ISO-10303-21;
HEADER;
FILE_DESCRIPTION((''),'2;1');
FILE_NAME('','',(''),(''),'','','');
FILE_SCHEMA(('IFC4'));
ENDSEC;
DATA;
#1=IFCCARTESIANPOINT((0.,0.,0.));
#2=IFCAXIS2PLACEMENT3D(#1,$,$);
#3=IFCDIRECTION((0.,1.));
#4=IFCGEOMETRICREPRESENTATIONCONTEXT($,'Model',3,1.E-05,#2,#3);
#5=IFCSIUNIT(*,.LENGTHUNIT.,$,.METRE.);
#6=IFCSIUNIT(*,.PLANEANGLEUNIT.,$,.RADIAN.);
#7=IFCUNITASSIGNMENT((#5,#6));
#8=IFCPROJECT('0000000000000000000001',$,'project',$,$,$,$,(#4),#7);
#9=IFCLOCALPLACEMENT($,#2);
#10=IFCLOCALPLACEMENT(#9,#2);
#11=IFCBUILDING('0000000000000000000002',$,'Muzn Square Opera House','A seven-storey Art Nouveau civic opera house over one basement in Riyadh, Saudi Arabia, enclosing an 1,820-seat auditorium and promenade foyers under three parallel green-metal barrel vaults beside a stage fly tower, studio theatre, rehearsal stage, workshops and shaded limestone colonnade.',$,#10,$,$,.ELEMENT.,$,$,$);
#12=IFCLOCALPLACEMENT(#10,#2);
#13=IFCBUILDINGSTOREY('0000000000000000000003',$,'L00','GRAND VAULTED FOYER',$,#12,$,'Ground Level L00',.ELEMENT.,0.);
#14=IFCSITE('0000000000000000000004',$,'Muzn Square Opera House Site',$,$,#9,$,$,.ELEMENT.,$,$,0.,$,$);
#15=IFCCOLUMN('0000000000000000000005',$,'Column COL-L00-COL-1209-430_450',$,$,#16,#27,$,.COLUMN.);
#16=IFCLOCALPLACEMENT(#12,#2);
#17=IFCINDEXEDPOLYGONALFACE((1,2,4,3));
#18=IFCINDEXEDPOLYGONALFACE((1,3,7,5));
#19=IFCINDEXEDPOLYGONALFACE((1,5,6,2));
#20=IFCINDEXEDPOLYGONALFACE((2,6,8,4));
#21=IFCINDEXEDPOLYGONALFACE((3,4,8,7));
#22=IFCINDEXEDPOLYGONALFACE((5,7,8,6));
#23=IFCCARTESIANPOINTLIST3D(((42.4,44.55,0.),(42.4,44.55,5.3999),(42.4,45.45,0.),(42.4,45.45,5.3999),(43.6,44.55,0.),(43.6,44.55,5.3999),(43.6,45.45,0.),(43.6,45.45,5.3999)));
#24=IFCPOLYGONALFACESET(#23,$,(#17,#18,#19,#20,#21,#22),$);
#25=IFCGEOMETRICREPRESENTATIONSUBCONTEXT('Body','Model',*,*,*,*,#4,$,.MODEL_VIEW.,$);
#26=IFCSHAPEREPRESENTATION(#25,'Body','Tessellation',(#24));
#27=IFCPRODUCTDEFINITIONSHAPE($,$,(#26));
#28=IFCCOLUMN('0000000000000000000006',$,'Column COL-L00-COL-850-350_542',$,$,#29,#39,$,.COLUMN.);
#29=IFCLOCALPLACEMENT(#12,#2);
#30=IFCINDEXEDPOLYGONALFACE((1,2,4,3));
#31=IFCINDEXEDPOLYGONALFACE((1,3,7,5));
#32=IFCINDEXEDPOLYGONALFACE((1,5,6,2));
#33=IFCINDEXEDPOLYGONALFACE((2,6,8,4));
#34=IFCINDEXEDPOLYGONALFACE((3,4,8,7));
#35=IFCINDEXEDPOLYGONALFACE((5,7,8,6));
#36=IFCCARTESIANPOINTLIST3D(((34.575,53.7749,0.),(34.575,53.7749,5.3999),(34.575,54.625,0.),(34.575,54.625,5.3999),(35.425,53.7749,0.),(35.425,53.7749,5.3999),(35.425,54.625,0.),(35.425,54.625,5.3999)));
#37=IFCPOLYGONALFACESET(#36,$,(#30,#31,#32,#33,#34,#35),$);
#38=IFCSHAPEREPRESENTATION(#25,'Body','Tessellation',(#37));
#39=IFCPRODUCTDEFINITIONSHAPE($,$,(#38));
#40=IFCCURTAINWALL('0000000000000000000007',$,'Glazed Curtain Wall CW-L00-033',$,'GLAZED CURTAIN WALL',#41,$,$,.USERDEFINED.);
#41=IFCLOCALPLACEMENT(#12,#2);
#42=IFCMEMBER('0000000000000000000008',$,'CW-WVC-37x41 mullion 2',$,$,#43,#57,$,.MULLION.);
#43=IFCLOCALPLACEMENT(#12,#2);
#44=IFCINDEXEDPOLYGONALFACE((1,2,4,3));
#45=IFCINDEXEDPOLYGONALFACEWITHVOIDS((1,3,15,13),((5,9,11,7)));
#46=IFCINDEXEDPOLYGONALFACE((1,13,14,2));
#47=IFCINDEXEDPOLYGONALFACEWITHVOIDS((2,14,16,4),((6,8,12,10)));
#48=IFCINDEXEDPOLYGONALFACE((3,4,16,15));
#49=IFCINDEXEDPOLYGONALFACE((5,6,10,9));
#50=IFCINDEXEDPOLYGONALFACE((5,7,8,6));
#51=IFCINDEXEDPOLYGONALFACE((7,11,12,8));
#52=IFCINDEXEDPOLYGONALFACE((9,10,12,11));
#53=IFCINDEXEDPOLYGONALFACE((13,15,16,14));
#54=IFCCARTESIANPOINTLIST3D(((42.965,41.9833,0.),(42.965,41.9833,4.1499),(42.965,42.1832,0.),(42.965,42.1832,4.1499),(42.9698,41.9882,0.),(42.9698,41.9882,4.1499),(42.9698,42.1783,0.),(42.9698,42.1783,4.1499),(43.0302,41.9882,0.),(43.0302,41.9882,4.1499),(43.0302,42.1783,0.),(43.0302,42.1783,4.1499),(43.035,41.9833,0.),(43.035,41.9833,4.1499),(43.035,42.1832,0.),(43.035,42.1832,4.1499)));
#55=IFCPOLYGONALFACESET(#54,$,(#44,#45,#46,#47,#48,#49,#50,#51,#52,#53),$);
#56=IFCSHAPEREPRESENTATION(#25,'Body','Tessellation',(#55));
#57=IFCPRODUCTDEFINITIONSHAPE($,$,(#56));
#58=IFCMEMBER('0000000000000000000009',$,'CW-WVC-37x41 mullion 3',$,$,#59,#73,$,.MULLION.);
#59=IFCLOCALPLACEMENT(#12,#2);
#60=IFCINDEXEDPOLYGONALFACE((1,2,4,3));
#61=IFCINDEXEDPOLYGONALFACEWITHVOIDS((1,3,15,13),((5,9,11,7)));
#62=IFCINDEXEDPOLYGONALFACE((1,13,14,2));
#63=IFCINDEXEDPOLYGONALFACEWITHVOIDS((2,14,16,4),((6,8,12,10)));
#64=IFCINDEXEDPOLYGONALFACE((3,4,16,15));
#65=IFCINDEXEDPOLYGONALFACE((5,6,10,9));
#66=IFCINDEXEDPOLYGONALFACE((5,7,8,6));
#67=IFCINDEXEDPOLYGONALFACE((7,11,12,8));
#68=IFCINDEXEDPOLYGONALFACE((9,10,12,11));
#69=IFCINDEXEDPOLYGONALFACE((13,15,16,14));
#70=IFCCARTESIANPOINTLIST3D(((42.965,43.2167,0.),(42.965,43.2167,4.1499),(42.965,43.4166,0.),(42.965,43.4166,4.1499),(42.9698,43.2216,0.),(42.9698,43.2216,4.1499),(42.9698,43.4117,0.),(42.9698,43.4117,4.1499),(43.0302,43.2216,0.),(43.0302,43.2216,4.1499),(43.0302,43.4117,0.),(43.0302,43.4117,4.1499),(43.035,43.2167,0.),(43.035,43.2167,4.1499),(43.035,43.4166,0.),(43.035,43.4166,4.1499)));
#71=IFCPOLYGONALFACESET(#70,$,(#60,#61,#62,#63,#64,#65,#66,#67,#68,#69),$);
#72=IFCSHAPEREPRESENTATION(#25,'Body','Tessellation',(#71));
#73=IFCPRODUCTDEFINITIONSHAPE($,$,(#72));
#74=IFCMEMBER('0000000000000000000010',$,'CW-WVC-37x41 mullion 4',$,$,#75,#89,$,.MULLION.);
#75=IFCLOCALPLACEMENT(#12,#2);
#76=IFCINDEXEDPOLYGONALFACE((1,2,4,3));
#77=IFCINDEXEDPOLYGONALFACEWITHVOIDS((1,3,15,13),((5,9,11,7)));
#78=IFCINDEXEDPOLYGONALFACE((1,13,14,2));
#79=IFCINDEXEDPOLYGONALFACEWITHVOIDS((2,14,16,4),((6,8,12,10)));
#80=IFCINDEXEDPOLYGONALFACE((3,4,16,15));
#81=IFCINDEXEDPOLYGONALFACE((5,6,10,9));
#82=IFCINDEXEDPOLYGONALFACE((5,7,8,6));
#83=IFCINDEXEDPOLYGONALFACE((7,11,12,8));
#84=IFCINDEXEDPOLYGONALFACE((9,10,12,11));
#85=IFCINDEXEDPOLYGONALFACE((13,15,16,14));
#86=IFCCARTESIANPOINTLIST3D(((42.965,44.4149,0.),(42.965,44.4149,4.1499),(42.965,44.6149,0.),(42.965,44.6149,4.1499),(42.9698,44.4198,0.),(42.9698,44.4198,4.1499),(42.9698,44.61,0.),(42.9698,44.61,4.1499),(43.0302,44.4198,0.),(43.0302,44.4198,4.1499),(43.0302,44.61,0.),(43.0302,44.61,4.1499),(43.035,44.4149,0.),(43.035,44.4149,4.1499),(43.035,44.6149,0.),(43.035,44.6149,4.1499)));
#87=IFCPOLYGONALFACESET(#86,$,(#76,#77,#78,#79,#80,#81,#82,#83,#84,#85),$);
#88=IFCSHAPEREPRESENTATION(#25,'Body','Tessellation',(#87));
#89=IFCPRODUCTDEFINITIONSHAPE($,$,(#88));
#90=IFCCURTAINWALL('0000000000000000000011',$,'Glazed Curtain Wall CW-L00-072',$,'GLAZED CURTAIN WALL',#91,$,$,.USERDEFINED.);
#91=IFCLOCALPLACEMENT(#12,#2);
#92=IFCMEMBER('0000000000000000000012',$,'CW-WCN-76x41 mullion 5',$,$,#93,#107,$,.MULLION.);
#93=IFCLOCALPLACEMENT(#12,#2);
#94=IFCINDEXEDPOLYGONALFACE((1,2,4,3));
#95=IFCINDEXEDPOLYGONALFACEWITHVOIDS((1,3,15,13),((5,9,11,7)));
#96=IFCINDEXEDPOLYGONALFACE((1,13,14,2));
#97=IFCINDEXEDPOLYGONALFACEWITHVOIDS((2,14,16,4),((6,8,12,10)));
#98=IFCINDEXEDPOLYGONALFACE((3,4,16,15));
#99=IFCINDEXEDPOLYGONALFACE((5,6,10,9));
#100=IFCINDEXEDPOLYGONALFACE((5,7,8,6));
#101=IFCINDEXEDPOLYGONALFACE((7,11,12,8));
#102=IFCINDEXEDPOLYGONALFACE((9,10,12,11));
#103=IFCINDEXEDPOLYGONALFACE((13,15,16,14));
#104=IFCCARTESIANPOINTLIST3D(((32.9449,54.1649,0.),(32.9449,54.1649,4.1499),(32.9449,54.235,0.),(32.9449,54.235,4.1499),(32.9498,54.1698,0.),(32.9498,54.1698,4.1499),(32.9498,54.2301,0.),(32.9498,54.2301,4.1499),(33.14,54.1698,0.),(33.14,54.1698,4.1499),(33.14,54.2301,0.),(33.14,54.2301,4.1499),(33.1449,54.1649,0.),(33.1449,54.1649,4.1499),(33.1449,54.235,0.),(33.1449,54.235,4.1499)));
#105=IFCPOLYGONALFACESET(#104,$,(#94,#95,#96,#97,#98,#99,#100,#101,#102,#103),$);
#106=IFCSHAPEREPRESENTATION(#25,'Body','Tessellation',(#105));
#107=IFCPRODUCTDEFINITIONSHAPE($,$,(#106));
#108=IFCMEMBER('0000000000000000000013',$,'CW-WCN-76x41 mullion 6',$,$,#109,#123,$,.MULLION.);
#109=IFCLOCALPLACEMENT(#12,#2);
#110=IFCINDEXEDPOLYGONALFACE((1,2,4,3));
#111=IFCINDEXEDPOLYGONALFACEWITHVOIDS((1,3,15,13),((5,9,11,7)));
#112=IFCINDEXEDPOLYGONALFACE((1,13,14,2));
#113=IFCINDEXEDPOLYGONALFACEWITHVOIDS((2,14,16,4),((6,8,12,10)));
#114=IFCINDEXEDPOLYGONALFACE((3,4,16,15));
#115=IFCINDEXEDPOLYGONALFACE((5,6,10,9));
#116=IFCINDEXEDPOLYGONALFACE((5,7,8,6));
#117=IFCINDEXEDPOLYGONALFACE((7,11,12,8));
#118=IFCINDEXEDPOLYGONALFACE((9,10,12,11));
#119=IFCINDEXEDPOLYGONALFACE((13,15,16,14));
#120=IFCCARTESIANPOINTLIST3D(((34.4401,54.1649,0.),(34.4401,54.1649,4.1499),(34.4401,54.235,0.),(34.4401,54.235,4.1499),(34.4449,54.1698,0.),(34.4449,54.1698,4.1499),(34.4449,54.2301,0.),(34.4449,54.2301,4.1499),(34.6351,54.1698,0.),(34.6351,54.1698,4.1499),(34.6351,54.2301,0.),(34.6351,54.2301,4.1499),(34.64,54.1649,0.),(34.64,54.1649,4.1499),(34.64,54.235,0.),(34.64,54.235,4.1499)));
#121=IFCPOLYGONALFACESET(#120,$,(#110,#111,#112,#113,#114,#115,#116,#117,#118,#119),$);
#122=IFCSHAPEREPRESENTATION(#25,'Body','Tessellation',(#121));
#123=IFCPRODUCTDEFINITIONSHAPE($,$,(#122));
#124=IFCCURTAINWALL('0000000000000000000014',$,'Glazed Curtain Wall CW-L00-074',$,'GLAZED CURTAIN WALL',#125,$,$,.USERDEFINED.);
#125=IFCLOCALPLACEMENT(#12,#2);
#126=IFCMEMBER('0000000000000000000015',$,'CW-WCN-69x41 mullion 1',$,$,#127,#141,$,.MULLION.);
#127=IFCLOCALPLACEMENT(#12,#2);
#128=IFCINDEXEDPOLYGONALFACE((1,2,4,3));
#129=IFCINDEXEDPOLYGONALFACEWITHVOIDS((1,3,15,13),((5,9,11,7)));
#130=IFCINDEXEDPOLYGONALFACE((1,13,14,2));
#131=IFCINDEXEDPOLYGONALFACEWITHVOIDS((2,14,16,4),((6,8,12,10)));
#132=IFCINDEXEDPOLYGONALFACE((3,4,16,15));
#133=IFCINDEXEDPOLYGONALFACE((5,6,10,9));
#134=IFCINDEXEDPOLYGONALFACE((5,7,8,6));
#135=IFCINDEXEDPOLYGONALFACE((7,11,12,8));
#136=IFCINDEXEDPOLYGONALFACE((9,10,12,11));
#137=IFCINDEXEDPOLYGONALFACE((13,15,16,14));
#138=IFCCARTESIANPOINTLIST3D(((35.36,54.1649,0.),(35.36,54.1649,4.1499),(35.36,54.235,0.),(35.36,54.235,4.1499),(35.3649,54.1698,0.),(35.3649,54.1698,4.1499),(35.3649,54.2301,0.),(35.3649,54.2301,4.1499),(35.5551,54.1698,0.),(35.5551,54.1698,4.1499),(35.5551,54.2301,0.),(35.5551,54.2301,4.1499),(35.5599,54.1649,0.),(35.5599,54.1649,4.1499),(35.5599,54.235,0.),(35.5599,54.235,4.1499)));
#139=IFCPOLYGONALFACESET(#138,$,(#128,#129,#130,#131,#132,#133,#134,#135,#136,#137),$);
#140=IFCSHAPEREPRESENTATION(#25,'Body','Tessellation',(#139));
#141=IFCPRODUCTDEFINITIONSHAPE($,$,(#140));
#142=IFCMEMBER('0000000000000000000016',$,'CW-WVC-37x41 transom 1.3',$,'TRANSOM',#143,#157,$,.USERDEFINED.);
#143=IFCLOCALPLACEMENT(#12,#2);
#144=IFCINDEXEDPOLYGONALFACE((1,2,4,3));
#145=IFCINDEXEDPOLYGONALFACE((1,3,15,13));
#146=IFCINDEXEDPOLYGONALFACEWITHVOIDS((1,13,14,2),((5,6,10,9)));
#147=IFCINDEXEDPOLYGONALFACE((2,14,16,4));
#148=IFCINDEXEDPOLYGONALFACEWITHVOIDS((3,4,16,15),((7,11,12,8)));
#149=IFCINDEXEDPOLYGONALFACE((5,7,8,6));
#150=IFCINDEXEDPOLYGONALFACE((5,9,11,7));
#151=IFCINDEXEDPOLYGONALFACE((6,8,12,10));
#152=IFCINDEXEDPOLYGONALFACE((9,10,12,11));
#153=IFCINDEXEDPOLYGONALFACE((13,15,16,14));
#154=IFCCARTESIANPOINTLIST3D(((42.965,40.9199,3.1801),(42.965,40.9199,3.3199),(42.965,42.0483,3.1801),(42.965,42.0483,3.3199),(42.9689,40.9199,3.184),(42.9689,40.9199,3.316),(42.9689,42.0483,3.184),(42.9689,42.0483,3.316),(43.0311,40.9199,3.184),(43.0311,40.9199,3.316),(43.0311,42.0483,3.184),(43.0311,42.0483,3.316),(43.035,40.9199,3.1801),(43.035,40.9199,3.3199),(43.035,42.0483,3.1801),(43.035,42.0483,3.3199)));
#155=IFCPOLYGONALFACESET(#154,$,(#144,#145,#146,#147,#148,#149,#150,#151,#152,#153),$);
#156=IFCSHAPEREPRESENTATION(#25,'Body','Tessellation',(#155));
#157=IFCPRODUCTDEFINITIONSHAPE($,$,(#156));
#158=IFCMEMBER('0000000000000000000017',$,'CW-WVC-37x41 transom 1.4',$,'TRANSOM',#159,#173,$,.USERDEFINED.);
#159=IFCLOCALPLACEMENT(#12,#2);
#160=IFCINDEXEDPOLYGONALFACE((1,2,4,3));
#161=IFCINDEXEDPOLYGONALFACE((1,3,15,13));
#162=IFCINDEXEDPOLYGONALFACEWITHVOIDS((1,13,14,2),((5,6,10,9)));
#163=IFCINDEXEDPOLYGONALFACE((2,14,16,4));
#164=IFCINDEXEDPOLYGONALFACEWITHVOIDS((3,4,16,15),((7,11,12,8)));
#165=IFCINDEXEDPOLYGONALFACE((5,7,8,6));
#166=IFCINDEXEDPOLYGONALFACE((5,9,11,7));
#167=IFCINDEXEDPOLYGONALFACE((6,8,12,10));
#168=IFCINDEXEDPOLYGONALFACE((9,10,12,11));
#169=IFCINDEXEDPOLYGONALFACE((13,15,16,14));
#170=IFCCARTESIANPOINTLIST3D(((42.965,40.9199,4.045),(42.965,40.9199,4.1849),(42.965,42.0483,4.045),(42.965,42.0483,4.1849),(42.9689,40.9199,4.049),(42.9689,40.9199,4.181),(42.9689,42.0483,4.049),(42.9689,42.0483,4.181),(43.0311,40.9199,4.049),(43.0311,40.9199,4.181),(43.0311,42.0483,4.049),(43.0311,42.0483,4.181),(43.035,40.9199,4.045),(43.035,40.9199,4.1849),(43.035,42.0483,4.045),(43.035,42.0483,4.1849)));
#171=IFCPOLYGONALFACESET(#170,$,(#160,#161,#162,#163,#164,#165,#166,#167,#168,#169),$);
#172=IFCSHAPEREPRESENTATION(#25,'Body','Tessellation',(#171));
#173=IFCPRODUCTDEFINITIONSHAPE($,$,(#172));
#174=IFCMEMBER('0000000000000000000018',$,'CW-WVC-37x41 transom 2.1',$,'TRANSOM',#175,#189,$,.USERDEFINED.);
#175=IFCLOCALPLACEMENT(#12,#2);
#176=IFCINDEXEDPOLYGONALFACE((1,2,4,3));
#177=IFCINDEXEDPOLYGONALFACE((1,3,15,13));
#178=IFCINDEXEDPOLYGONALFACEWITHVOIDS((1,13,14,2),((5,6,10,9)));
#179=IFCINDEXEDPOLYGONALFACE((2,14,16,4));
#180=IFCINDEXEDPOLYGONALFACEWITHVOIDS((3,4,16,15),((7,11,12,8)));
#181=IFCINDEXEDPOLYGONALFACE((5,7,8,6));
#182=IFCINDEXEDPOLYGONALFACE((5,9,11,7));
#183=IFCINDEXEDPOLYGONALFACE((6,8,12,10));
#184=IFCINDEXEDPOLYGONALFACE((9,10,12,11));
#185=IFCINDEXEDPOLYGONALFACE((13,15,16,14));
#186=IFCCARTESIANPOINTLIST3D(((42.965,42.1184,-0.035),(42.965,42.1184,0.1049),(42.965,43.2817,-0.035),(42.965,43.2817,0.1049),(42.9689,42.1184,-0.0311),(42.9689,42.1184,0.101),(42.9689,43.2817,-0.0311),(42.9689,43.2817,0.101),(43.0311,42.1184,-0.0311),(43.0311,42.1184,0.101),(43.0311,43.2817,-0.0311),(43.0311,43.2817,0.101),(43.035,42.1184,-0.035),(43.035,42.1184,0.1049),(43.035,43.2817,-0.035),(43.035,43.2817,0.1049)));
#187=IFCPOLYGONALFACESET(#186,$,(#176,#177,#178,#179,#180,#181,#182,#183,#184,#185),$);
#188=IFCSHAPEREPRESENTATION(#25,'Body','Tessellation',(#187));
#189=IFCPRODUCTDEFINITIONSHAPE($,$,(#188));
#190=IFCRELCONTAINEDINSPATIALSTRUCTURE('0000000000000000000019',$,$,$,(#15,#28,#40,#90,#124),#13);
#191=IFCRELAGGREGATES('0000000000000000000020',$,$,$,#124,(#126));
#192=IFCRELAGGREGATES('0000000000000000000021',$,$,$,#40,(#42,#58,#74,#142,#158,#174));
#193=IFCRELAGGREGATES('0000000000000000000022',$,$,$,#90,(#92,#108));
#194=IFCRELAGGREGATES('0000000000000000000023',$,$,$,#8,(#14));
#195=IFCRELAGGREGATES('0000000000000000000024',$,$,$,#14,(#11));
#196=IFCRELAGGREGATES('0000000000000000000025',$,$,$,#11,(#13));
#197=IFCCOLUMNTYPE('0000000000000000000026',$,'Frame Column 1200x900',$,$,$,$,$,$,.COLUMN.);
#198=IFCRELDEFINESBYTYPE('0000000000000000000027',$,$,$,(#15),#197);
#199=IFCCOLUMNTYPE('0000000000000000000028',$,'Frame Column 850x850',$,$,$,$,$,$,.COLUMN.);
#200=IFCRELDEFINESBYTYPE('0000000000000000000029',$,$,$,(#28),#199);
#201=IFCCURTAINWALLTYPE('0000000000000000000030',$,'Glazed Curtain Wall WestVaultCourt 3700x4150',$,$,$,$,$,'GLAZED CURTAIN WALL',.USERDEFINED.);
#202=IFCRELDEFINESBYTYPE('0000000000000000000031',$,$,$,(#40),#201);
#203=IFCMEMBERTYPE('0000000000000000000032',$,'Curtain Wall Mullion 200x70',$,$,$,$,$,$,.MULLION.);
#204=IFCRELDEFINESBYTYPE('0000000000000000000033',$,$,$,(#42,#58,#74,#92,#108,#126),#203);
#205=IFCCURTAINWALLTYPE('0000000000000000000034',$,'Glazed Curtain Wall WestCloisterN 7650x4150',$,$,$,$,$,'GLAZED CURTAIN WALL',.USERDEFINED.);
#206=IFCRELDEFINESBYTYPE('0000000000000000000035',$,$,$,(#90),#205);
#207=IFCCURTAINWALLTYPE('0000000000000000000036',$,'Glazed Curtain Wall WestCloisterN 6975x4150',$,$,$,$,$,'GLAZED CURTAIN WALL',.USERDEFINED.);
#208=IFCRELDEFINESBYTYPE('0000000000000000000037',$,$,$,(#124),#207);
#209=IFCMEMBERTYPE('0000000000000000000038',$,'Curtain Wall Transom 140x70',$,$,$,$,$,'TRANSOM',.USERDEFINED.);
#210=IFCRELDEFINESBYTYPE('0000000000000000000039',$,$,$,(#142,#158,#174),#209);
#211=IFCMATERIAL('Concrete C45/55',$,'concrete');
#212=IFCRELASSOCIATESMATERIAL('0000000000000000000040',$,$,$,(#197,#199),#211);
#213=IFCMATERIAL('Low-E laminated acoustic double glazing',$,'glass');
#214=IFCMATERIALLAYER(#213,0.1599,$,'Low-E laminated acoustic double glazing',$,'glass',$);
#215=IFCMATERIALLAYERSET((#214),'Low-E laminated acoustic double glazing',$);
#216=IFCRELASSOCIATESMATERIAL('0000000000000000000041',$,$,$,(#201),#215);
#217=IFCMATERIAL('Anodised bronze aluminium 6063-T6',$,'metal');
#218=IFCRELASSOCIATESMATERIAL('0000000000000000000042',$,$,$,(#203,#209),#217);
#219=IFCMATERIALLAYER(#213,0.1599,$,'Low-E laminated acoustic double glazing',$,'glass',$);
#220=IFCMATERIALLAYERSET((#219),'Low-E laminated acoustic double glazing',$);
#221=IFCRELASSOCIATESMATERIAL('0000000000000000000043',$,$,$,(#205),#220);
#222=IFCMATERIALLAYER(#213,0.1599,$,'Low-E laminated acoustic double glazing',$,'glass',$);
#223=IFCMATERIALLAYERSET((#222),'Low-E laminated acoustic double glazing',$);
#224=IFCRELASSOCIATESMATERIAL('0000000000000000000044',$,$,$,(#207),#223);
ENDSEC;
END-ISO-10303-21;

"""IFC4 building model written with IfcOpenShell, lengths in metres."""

from ifc_helpers import new_model, si_unit, direction, frame, origin, origin_2d, place, context, subcontext, project, spatial, rectangle, hollow_rectangle, extrude, material, layer, layer_set, material_profile, profile_set, type_object, element, aggregate, save


model = new_model("IFC4")

# Units and contexts
model_context = context("Model", 3, precision=1e-05, world=origin(), true_north=direction((0.0, 1.0)))
body_context = subcontext(model_context, "Body", "Model", "MODEL_VIEW")
ifc_project = project(units=[si_unit("LENGTHUNIT", "METRE"), si_unit("PLANEANGLEUNIT", "RADIAN")], contexts=[model_context])

# Site, building, storey
site_placement = place(None, origin())
site = spatial("IfcSite", under=ifc_project, at=site_placement, Name="Muzn Square Opera House Site", CompositionType="ELEMENT", RefElevation=0.0)
building_placement = place(site_placement, origin())
building = spatial("IfcBuilding", under=site, at=building_placement, Name="Muzn Square Opera House", Description="A seven-storey Art Nouveau civic opera house over one basement in Riyadh, Saudi Arabia, enclosing an 1,820-seat auditorium and promenade foyers under three parallel green-metal barrel vaults beside a stage fly tower, studio theatre, rehearsal stage, workshops and shaded limestone colonnade.", CompositionType="ELEMENT")
storey_placement = place(building_placement, origin())
storey = spatial("IfcBuildingStorey", under=building, at=storey_placement, Name="L00", Description="GRAND VAULTED FOYER", LongName="Ground Level L00", CompositionType="ELEMENT", Elevation=0.0)

# Columns
ifc_material_1 = material(Name="Concrete C45/55", Category="concrete")
ifc_material_profile_1 = material_profile(ifc_material_1, rectangle(XDim=1.2, YDim=0.8999, at=origin_2d()), Name="RC 1200x900", Category="concrete")
ifc_profile_set_1 = profile_set([ifc_material_profile_1], Name="Concrete C45/55")
column_type_1 = type_object("IfcColumnType", Name="Frame Column 1200x900", PredefinedType="COLUMN", material=ifc_profile_set_1)
column_1_placement = place(storey_placement, frame((43.0, 45.0, 0.0), z_axis=(0.0, 0.0, 1.0), x_axis=(1.0, 0.0, 0.0)))
element("IfcColumn", 1, at=column_1_placement, inside=storey, type_object=column_type_1, Name="Column COL-L00-COL-1209-430_450", PredefinedType="COLUMN", context=body_context, shape_type="SweptSolid", body=[
    extrude(rectangle(XDim=1.2, YDim=0.8999, at=origin_2d()), origin(), (0.0, 0.0, 1.0), 5.3999),
])
ifc_material_profile_2 = material_profile(ifc_material_1, rectangle(XDim=0.8501, YDim=0.8501, at=origin_2d()), Name="RC 850x850", Category="concrete")
ifc_profile_set_2 = profile_set([ifc_material_profile_2], Name="Concrete C45/55")
column_type_2 = type_object("IfcColumnType", Name="Frame Column 850x850", PredefinedType="COLUMN", material=ifc_profile_set_2)
column_2_placement = place(storey_placement, frame((35.0, 54.2, 0.0), z_axis=(0.0, 0.0, 1.0), x_axis=(1.0, 0.0, 0.0)))
element("IfcColumn", 2, at=column_2_placement, inside=storey, type_object=column_type_2, Name="Column COL-L00-COL-850-350_542", PredefinedType="COLUMN", context=body_context, shape_type="SweptSolid", body=[
    extrude(rectangle(XDim=0.8501, YDim=0.8501, at=origin_2d()), origin(), (0.0, 0.0, 1.0), 5.3999),
])

# Curtain walls, members
ifc_material_2 = material(Name="Low-E laminated acoustic double glazing", Category="glass")
ifc_layer_1 = layer(ifc_material_2, 0.1599, Name="Low-E laminated acoustic double glazing", Category="glass")
ifc_layer_set_1 = layer_set([ifc_layer_1], Name="Low-E laminated acoustic double glazing")
curtain_wall_type_1 = type_object("IfcCurtainWallType", Name="Glazed Curtain Wall WestVaultCourt 3700x4150", ElementType="GLAZED CURTAIN WALL", PredefinedType="USERDEFINED", material=ifc_layer_set_1)
curtain_wall_1_placement = place(storey_placement, origin())
curtain_wall_1 = element("IfcCurtainWall", 3, at=curtain_wall_1_placement, inside=storey, type_object=curtain_wall_type_1, Name="Glazed Curtain Wall CW-L00-033", ObjectType="GLAZED CURTAIN WALL", PredefinedType="USERDEFINED")
ifc_material_3 = material(Name="Anodised bronze aluminium 6063-T6", Category="metal")
ifc_material_profile_3 = material_profile(ifc_material_3, hollow_rectangle(XDim=0.0701, YDim=0.2, WallThickness=0.0049, at=origin_2d()), Name="ALU 200x70x5", Category="metal")
ifc_profile_set_3 = profile_set([ifc_material_profile_3], Name="Anodised bronze aluminium 6063-T6")
member_type_1 = type_object("IfcMemberType", Name="Curtain Wall Mullion 200x70", PredefinedType="MULLION", material=ifc_profile_set_3)
member_1_placement = place(storey_placement, frame((43.0, 42.0833, 0.0), z_axis=(0.0, 0.0, 1.0), x_axis=(-1.0, 0.0, 0.0)))
member_1 = element("IfcMember", 4, at=member_1_placement, type_object=member_type_1, Name="CW-WVC-37x41 mullion 2", PredefinedType="MULLION", context=body_context, shape_type="SweptSolid", body=[
    extrude(hollow_rectangle(XDim=0.0701, YDim=0.2, WallThickness=0.0049, at=origin_2d()), origin(), (0.0, 0.0, 1.0), 4.1499),
])
member_2_placement = place(storey_placement, frame((43.0, 43.3167, 0.0), z_axis=(0.0, 0.0, 1.0), x_axis=(-1.0, 0.0, 0.0)))
member_2 = element("IfcMember", 5, at=member_2_placement, type_object=member_type_1, Name="CW-WVC-37x41 mullion 3", PredefinedType="MULLION", context=body_context, shape_type="SweptSolid", body=[
    extrude(hollow_rectangle(XDim=0.0701, YDim=0.2, WallThickness=0.0049, at=origin_2d()), origin(), (0.0, 0.0, 1.0), 4.1499),
])
member_3_placement = place(storey_placement, frame((43.0, 44.5149, 0.0), z_axis=(0.0, 0.0, 1.0), x_axis=(-1.0, 0.0, 0.0)))
member_3 = element("IfcMember", 6, at=member_3_placement, type_object=member_type_1, Name="CW-WVC-37x41 mullion 4", PredefinedType="MULLION", context=body_context, shape_type="SweptSolid", body=[
    extrude(hollow_rectangle(XDim=0.0701, YDim=0.2, WallThickness=0.0049, at=origin_2d()), origin(), (0.0, 0.0, 1.0), 4.1499),
])
ifc_layer_2 = layer(ifc_material_2, 0.1599, Name="Low-E laminated acoustic double glazing", Category="glass")
ifc_layer_set_2 = layer_set([ifc_layer_2], Name="Low-E laminated acoustic double glazing")
curtain_wall_type_2 = type_object("IfcCurtainWallType", Name="Glazed Curtain Wall WestCloisterN 7650x4150", ElementType="GLAZED CURTAIN WALL", PredefinedType="USERDEFINED", material=ifc_layer_set_2)
curtain_wall_2_placement = place(storey_placement, origin())
curtain_wall_2 = element("IfcCurtainWall", 7, at=curtain_wall_2_placement, inside=storey, type_object=curtain_wall_type_2, Name="Glazed Curtain Wall CW-L00-072", ObjectType="GLAZED CURTAIN WALL", PredefinedType="USERDEFINED")
member_4_placement = place(storey_placement, frame((33.0449, 54.2, 0.0), z_axis=(0.0, 0.0, 1.0), x_axis=(0.0, 1.0, 0.0)))
member_4 = element("IfcMember", 8, at=member_4_placement, type_object=member_type_1, Name="CW-WCN-76x41 mullion 5", PredefinedType="MULLION", context=body_context, shape_type="SweptSolid", body=[
    extrude(hollow_rectangle(XDim=0.0701, YDim=0.2, WallThickness=0.0049, at=origin_2d()), origin(), (0.0, 0.0, 1.0), 4.1499),
])
member_5_placement = place(storey_placement, frame((34.54, 54.2, 0.0), z_axis=(0.0, 0.0, 1.0), x_axis=(0.0, 1.0, 0.0)))
member_5 = element("IfcMember", 9, at=member_5_placement, type_object=member_type_1, Name="CW-WCN-76x41 mullion 6", PredefinedType="MULLION", context=body_context, shape_type="SweptSolid", body=[
    extrude(hollow_rectangle(XDim=0.0701, YDim=0.2, WallThickness=0.0049, at=origin_2d()), origin(), (0.0, 0.0, 1.0), 4.1499),
])

# Curtain wall, member
ifc_layer_3 = layer(ifc_material_2, 0.1599, Name="Low-E laminated acoustic double glazing", Category="glass")
ifc_layer_set_3 = layer_set([ifc_layer_3], Name="Low-E laminated acoustic double glazing")
curtain_wall_type_3 = type_object("IfcCurtainWallType", Name="Glazed Curtain Wall WestCloisterN 6975x4150", ElementType="GLAZED CURTAIN WALL", PredefinedType="USERDEFINED", material=ifc_layer_set_3)
curtain_wall_3_placement = place(storey_placement, origin())
curtain_wall_3 = element("IfcCurtainWall", 10, at=curtain_wall_3_placement, inside=storey, type_object=curtain_wall_type_3, Name="Glazed Curtain Wall CW-L00-074", ObjectType="GLAZED CURTAIN WALL", PredefinedType="USERDEFINED")
member_6_placement = place(storey_placement, frame((35.46, 54.2, 0.0), z_axis=(0.0, 0.0, 1.0), x_axis=(0.0, 1.0, 0.0)))
member_6 = element("IfcMember", 11, at=member_6_placement, type_object=member_type_1, Name="CW-WCN-69x41 mullion 1", PredefinedType="MULLION", context=body_context, shape_type="SweptSolid", body=[
    extrude(hollow_rectangle(XDim=0.0701, YDim=0.2, WallThickness=0.0049, at=origin_2d()), origin(), (0.0, 0.0, 1.0), 4.1499),
])

# Members
ifc_material_profile_4 = material_profile(ifc_material_3, hollow_rectangle(XDim=0.0701, YDim=0.1399, WallThickness=0.0039, at=origin_2d()), Name="ALU 140x70x4", Category="metal")
ifc_profile_set_4 = profile_set([ifc_material_profile_4], Name="Anodised bronze aluminium 6063-T6")
member_type_2 = type_object("IfcMemberType", Name="Curtain Wall Transom 140x70", ElementType="TRANSOM", PredefinedType="USERDEFINED", material=ifc_profile_set_4)
member_7_placement = place(storey_placement, frame((43.0, 40.9199, 3.25), z_axis=(0.0, 1.0, 0.0), x_axis=(-1.0, 0.0, 0.0)))
member_7 = element("IfcMember", 12, at=member_7_placement, type_object=member_type_2, Name="CW-WVC-37x41 transom 1.3", ObjectType="TRANSOM", PredefinedType="USERDEFINED", context=body_context, shape_type="SweptSolid", body=[
    extrude(hollow_rectangle(XDim=0.0701, YDim=0.1399, WallThickness=0.0039, at=origin_2d()), origin(), (0.0, 0.0, 1.0), 1.1284),
])
member_8_placement = place(storey_placement, frame((43.0, 40.9199, 4.115), z_axis=(0.0, 1.0, 0.0), x_axis=(-1.0, 0.0, 0.0)))
member_8 = element("IfcMember", 13, at=member_8_placement, type_object=member_type_2, Name="CW-WVC-37x41 transom 1.4", ObjectType="TRANSOM", PredefinedType="USERDEFINED", context=body_context, shape_type="SweptSolid", body=[
    extrude(hollow_rectangle(XDim=0.0701, YDim=0.1399, WallThickness=0.0039, at=origin_2d()), origin(), (0.0, 0.0, 1.0), 1.1284),
])
member_9_placement = place(storey_placement, frame((43.0, 42.1184, 0.0349), z_axis=(0.0, 1.0, 0.0), x_axis=(-1.0, 0.0, 0.0)))
member_9 = element("IfcMember", 14, at=member_9_placement, type_object=member_type_2, Name="CW-WVC-37x41 transom 2.1", ObjectType="TRANSOM", PredefinedType="USERDEFINED", context=body_context, shape_type="SweptSolid", body=[
    extrude(hollow_rectangle(XDim=0.0701, YDim=0.1399, WallThickness=0.0039, at=origin_2d()), origin(), (0.0, 0.0, 1.0), 1.1633),
])
aggregate(curtain_wall_3, [member_6])

aggregate(curtain_wall_1, [member_1, member_2, member_3, member_7, member_8, member_9])
aggregate(curtain_wall_2, [member_4, member_5])

save(model, "model.ifc")
